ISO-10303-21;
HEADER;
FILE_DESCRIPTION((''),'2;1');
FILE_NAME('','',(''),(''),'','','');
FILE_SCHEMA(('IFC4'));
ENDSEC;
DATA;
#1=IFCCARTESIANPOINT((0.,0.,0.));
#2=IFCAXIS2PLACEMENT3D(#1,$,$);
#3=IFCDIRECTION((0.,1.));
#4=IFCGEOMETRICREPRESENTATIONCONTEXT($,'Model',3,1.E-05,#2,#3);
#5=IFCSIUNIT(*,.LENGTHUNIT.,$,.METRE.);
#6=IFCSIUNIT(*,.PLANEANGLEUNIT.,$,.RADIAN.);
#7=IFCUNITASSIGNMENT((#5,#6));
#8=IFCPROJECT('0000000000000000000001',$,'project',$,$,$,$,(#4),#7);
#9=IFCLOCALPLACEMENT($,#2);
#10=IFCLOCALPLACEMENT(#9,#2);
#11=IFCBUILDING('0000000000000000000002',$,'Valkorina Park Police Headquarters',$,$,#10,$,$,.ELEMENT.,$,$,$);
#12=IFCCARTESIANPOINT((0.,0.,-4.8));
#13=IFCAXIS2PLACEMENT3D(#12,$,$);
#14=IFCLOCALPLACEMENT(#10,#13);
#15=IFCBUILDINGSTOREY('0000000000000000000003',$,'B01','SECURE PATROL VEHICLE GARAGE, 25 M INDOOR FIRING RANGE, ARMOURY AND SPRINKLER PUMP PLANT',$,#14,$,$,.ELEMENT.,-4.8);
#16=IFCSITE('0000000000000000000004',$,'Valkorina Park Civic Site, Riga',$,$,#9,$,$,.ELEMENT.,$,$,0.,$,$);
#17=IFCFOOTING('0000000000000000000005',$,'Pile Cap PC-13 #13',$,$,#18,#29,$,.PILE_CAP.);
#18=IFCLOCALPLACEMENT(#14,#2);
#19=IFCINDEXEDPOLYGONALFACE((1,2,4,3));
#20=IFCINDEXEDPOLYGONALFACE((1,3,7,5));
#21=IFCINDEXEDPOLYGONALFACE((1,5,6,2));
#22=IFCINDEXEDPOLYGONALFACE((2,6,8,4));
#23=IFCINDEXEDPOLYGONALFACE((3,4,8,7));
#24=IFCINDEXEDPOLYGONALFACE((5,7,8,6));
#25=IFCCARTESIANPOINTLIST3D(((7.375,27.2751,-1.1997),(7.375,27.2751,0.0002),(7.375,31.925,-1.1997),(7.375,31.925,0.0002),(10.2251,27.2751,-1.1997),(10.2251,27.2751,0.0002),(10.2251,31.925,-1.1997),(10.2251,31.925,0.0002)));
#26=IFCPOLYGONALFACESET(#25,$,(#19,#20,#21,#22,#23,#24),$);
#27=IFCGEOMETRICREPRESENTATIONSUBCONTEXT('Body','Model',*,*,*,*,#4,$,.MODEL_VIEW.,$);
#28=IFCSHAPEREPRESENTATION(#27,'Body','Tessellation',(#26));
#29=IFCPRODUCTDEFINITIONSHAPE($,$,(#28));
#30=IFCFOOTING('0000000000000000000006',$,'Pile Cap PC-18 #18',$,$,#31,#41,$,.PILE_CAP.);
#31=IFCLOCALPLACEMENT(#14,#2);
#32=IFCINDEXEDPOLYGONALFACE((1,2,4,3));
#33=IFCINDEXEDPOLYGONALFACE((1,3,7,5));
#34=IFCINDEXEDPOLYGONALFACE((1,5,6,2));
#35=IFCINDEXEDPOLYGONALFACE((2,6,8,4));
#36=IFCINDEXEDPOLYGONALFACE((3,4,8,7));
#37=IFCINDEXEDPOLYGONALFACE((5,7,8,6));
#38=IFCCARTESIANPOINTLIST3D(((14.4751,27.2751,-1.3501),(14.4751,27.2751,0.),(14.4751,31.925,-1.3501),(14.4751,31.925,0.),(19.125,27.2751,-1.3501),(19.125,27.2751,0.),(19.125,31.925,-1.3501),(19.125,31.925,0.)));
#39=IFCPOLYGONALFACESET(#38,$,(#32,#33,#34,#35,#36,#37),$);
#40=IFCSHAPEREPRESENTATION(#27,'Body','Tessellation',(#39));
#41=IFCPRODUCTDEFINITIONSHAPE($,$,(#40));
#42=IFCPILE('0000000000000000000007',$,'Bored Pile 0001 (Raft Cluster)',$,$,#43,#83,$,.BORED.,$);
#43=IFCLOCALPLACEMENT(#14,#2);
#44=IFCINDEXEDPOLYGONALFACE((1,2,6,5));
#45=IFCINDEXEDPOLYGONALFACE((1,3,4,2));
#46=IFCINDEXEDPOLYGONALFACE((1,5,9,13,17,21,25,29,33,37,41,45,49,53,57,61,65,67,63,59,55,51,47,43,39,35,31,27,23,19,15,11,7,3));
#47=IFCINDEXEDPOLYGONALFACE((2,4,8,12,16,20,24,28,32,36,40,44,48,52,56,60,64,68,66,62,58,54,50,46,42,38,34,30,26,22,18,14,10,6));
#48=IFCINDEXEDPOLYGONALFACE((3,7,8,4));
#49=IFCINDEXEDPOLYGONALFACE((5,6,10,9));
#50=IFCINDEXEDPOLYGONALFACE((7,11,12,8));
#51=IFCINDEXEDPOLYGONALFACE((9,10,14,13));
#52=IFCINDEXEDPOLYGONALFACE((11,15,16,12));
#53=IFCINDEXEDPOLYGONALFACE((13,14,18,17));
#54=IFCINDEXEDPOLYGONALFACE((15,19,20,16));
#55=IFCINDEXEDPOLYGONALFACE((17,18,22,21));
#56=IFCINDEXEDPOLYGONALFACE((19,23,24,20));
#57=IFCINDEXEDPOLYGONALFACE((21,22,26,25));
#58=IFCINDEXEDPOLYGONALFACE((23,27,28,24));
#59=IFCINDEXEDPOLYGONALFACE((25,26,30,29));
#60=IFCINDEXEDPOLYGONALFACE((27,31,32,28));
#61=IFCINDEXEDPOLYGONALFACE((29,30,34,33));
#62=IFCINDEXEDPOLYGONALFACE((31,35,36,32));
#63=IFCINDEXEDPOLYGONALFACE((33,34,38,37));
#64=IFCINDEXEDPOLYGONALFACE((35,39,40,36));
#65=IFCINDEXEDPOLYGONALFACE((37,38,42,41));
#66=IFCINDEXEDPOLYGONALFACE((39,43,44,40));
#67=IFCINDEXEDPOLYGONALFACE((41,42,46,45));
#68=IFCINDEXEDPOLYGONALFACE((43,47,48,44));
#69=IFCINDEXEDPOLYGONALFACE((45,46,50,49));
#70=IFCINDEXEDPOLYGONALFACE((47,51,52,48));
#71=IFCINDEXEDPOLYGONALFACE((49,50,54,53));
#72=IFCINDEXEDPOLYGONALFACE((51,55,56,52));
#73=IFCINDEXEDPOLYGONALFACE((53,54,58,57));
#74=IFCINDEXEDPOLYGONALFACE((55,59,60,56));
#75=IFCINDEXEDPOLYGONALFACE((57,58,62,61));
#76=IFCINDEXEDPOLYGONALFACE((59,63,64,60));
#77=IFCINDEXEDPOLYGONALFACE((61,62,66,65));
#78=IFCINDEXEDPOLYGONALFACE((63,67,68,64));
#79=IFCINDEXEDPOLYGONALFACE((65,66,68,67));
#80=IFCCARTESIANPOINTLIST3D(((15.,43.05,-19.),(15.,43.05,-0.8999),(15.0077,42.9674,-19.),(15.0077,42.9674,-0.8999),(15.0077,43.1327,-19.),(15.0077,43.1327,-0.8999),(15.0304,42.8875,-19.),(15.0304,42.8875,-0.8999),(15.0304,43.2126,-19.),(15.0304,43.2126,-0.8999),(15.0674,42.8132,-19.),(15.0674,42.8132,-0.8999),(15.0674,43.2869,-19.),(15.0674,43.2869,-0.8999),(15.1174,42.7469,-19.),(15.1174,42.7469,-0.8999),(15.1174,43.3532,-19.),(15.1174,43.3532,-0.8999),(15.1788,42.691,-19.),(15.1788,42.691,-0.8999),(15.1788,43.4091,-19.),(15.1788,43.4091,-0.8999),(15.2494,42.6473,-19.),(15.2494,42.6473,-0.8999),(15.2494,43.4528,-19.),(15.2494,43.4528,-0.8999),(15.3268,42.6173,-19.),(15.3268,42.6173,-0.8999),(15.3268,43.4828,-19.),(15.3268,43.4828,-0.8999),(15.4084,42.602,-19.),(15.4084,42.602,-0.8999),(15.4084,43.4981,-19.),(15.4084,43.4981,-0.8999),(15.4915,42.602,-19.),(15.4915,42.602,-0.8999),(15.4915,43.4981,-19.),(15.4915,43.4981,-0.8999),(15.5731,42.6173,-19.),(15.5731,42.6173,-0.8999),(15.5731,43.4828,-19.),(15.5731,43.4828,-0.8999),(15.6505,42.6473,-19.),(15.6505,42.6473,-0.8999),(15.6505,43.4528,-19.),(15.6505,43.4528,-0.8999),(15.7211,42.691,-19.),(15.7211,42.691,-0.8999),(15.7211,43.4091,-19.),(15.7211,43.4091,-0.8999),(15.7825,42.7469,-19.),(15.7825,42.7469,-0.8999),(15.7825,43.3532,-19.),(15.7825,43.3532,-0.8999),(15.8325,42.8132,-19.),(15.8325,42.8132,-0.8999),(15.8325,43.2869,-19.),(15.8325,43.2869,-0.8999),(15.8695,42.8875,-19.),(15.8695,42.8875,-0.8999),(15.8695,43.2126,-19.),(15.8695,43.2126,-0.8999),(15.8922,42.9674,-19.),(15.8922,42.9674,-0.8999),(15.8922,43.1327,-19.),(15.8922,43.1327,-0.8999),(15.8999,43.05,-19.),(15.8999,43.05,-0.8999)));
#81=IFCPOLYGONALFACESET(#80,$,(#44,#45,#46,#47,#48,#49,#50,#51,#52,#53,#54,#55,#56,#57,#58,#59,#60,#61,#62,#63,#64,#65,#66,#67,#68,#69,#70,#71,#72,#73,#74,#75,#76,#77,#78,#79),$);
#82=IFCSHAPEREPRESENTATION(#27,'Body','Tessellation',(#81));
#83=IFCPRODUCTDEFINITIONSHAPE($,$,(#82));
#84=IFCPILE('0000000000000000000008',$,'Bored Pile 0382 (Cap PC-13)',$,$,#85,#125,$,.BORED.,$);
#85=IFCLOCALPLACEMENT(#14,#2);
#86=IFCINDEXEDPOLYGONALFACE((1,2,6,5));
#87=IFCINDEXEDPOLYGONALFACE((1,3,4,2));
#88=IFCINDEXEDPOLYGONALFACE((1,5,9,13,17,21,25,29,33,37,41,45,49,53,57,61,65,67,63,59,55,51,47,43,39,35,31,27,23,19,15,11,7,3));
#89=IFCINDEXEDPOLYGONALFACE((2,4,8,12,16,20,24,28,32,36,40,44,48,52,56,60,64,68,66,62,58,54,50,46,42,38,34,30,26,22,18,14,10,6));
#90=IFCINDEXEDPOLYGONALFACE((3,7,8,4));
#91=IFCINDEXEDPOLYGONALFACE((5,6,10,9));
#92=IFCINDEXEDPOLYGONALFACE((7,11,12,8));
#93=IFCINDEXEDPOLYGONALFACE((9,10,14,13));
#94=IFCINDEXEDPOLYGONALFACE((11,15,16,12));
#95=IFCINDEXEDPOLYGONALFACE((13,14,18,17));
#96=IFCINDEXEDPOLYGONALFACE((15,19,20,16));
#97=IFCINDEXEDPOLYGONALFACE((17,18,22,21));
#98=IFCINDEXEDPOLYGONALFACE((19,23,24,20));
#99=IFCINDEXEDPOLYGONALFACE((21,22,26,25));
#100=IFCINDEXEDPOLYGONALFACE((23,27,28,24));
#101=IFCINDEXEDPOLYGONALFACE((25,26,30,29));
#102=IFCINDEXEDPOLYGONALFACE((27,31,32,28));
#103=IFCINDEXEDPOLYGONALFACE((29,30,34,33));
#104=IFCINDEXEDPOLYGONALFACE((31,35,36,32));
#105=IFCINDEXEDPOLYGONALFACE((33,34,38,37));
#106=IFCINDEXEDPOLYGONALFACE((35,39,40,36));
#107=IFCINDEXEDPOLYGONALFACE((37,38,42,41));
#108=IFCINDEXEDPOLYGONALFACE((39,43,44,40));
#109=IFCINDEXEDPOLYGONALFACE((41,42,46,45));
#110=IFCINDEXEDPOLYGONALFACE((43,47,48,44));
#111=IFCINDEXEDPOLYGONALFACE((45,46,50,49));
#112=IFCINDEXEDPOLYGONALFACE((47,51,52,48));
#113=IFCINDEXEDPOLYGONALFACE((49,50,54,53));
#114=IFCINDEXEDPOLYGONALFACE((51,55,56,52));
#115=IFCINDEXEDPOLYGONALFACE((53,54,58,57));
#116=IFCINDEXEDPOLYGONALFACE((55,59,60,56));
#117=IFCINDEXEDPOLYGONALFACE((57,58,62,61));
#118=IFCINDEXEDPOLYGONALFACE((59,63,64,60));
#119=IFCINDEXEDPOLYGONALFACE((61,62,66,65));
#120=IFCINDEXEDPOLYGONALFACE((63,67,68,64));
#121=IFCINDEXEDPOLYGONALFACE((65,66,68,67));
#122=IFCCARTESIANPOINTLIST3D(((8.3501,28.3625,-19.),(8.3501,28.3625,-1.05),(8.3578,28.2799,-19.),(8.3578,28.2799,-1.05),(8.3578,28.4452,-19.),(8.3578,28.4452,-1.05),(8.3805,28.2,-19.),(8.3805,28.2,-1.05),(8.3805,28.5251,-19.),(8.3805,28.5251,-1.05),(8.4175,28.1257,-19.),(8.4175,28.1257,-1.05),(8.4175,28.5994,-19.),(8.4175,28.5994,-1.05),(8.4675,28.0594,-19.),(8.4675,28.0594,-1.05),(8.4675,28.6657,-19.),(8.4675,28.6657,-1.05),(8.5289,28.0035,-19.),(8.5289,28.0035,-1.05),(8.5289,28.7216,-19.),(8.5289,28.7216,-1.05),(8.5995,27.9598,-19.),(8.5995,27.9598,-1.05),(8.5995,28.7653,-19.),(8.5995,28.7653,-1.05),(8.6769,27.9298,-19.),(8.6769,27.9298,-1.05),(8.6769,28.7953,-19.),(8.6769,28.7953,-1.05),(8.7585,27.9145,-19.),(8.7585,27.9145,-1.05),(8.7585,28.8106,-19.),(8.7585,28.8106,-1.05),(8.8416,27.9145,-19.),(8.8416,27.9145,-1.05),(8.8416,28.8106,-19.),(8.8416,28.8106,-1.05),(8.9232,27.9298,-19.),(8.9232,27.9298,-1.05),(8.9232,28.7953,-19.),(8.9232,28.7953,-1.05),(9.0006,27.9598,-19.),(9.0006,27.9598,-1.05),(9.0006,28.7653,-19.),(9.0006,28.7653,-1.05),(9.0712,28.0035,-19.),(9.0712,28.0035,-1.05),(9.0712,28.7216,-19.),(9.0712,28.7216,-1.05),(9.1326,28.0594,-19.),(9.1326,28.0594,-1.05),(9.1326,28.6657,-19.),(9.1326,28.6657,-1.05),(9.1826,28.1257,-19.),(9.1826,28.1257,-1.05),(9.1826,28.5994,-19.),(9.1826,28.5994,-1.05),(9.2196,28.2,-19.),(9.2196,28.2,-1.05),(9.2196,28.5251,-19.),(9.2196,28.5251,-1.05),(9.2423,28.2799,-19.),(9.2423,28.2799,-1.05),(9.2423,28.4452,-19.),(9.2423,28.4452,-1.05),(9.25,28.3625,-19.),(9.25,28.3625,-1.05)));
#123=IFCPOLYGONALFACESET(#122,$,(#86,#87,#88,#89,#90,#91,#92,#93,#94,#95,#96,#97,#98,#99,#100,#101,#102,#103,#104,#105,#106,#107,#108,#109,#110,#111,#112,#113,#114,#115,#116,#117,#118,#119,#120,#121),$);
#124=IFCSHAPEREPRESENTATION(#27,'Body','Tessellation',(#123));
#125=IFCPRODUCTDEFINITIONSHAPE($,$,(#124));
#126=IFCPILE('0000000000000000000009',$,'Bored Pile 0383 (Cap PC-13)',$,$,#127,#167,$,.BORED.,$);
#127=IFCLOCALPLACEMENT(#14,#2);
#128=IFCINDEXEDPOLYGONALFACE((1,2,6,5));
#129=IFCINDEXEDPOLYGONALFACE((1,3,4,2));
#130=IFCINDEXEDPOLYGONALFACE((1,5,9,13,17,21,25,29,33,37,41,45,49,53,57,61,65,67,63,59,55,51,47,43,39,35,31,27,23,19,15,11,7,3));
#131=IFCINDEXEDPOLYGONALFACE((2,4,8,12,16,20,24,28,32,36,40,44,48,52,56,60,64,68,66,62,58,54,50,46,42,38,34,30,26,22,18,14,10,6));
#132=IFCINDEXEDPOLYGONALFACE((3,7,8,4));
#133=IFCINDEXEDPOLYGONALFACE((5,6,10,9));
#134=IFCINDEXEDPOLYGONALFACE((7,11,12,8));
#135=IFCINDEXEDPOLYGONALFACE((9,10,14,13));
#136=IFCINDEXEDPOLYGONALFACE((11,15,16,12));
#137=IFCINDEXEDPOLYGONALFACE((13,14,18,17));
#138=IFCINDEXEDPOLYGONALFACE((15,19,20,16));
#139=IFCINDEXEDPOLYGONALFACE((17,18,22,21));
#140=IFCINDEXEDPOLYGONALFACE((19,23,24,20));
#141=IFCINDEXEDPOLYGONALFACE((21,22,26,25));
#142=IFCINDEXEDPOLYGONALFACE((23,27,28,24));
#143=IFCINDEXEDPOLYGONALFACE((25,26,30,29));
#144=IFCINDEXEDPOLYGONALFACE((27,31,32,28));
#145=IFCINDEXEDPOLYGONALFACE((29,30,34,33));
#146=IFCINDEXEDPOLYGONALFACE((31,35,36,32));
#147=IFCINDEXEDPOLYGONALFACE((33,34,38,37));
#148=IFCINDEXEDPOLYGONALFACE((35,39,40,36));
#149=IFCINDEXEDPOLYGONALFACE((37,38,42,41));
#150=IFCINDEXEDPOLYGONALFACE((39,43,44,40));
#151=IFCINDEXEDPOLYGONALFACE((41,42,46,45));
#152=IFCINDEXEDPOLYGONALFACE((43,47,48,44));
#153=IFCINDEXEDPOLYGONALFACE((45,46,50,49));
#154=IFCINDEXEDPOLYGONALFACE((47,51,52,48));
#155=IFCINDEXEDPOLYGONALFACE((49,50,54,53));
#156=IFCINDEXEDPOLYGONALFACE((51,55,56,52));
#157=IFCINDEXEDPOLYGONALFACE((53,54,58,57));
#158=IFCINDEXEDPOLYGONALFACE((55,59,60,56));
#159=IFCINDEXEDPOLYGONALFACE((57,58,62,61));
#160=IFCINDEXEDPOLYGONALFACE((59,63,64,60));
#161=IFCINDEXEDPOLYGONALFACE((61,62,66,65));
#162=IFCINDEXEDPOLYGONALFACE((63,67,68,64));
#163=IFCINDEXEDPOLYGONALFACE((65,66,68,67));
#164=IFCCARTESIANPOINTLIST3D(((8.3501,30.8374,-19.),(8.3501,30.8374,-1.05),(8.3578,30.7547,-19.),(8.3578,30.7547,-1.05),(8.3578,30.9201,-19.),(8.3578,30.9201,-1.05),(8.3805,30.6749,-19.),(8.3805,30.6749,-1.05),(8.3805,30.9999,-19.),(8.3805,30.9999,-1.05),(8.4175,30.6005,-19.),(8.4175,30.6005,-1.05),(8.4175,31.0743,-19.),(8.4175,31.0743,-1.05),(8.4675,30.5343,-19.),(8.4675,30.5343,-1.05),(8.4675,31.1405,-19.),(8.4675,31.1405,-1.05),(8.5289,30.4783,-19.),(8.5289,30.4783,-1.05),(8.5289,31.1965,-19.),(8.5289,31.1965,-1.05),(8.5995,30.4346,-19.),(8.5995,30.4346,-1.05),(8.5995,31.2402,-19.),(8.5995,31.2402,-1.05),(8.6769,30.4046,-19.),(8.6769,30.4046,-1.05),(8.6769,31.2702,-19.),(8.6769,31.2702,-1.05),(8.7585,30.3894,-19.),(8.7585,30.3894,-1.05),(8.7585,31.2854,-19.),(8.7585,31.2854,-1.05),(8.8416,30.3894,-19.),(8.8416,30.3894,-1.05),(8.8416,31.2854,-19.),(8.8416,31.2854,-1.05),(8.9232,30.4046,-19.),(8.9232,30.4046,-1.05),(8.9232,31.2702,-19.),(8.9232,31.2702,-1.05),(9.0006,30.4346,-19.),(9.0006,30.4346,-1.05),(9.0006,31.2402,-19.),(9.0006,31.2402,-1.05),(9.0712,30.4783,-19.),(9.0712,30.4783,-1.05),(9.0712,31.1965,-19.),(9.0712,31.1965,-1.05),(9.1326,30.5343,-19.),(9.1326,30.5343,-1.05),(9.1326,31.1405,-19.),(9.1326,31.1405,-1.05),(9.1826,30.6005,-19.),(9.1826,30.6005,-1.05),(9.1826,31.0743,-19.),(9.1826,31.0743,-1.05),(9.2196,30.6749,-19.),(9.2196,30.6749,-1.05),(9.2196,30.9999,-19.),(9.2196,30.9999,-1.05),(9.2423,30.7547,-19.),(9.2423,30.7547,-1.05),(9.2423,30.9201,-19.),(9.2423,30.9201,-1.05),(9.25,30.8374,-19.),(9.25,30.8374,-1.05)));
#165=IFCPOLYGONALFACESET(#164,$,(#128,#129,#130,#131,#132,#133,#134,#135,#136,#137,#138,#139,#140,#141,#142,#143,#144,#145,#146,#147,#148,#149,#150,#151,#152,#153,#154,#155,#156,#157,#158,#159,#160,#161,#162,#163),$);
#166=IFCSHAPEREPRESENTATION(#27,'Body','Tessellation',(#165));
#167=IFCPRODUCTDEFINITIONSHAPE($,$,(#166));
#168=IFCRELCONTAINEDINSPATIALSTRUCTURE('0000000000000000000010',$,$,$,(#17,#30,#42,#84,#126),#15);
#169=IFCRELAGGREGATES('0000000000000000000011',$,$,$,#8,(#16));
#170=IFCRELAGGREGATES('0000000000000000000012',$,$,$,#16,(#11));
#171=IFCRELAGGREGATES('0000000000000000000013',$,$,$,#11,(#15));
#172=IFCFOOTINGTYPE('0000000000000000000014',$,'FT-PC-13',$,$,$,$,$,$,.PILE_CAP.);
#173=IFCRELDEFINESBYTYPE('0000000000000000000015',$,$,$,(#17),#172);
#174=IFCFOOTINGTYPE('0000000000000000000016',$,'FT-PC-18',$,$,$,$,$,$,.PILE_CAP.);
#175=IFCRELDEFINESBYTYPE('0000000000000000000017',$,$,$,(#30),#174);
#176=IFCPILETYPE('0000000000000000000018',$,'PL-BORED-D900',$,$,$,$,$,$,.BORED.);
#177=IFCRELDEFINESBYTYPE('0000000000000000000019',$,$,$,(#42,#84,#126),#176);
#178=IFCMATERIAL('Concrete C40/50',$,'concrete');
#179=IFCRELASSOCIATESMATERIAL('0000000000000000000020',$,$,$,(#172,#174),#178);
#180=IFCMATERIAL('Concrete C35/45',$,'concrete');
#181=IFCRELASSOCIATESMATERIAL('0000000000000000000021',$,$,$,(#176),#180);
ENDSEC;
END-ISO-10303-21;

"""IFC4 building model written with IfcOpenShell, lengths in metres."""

from ifc_helpers import new_model, si_unit, direction, frame, origin, origin_2d, place, context, subcontext, project, spatial, rectangle, circle, extrude, material, material_profile, profile_set, type_object, element, save


model = new_model("IFC4")

# Units and contexts
model_context = context("Model", 3, precision=1e-05, world=origin(), true_north=direction((0.0, 1.0)))
body_context = subcontext(model_context, "Body", "Model", "MODEL_VIEW")
ifc_project = project(units=[si_unit("LENGTHUNIT", "METRE"), si_unit("PLANEANGLEUNIT", "RADIAN")], contexts=[model_context])

# Site, building, storey
site_placement = place(None, origin())
site = spatial("IfcSite", under=ifc_project, at=site_placement, Name="Valkorina Park Civic Site, Riga", CompositionType="ELEMENT", RefElevation=0.0)
building_placement = place(site_placement, origin())
building = spatial("IfcBuilding", under=site, at=building_placement, Name="Valkorina Park Police Headquarters", CompositionType="ELEMENT")
storey_placement = place(building_placement, frame((0.0, 0.0, -4.8)))
storey = spatial("IfcBuildingStorey", under=building, at=storey_placement, Name="B01", Description="SECURE PATROL VEHICLE GARAGE, 25 M INDOOR FIRING RANGE, ARMOURY AND SPRINKLER PUMP PLANT", CompositionType="ELEMENT", Elevation=-4.8)

# Footings
ifc_material_1 = material(Name="Concrete C40/50", Category="concrete")
footing_type_1 = type_object("IfcFootingType", Name="FT-PC-13", PredefinedType="PILE_CAP", material=ifc_material_1)
footing_1_placement = place(storey_placement, frame((8.8, 29.6001, -1.1997), z_axis=(0.0, 0.0, 1.0), x_axis=(1.0, 0.0, 0.0)))
element("IfcFooting", 1, at=footing_1_placement, inside=storey, type_object=footing_type_1, Name="Pile Cap PC-13 #13", PredefinedType="PILE_CAP", context=body_context, shape_type="SweptSolid", body=[
    extrude(rectangle(XDim=2.8501, YDim=4.6499, at=origin_2d()), origin(), (0.0, 0.0, 1.0), 1.2),
])
footing_type_2 = type_object("IfcFootingType", Name="FT-PC-18", PredefinedType="PILE_CAP", material=ifc_material_1)
footing_2_placement = place(storey_placement, frame((16.8, 29.6001, -1.3501), z_axis=(0.0, 0.0, 1.0), x_axis=(1.0, 0.0, 0.0)))
element("IfcFooting", 2, at=footing_2_placement, inside=storey, type_object=footing_type_2, Name="Pile Cap PC-18 #18", PredefinedType="PILE_CAP", context=body_context, shape_type="SweptSolid", body=[
    extrude(rectangle(XDim=4.6499, YDim=4.6499, at=origin_2d()), origin(), (0.0, 0.0, 1.0), 1.3501),
])

# Piles
ifc_material_2 = material(Name="Concrete C35/45", Category="concrete")
ifc_material_profile_1 = material_profile(ifc_material_2, circle(Radius=0.45, at=origin_2d()), Name="BORED PILE D900")
ifc_profile_set_1 = profile_set([ifc_material_profile_1], Name="Concrete C35/45")
pile_type = type_object("IfcPileType", Name="PL-BORED-D900", PredefinedType="BORED", material=ifc_profile_set_1)
pile_1_placement = place(storey_placement, frame((15.45, 43.05, -0.8999), z_axis=(0.0, 0.0, -1.0), x_axis=(1.0, 0.0, 0.0)))
element("IfcPile", 3, at=pile_1_placement, inside=storey, type_object=pile_type, Name="Bored Pile 0001 (Raft Cluster)", PredefinedType="BORED", context=body_context, shape_type="SweptSolid", body=[
    extrude(circle(Radius=0.45, at=origin_2d()), origin(), (0.0, 0.0, 1.0), 18.1001),
])
for number, where, z_axis, x_axis, name in (
    (4, (8.8, 28.3625, -1.05), (0.0, 0.0, -1.0), (1.0, 0.0, 0.0), "Bored Pile 0382 (Cap PC-13)"),
    (5, (8.8, 30.8374, -1.05), (0.0, 0.0, -1.0), (1.0, 0.0, 0.0), "Bored Pile 0383 (Cap PC-13)"),
):
    element("IfcPile", number, at=place(storey_placement, frame(where, z_axis=z_axis, x_axis=x_axis)), inside=storey, type_object=pile_type, Name=name, PredefinedType="BORED", context=body_context, shape_type="SweptSolid", body=[
        extrude(circle(Radius=0.45, at=origin_2d()), origin(), (0.0, 0.0, 1.0), 17.95),
    ])

save(model, "model.ifc")
